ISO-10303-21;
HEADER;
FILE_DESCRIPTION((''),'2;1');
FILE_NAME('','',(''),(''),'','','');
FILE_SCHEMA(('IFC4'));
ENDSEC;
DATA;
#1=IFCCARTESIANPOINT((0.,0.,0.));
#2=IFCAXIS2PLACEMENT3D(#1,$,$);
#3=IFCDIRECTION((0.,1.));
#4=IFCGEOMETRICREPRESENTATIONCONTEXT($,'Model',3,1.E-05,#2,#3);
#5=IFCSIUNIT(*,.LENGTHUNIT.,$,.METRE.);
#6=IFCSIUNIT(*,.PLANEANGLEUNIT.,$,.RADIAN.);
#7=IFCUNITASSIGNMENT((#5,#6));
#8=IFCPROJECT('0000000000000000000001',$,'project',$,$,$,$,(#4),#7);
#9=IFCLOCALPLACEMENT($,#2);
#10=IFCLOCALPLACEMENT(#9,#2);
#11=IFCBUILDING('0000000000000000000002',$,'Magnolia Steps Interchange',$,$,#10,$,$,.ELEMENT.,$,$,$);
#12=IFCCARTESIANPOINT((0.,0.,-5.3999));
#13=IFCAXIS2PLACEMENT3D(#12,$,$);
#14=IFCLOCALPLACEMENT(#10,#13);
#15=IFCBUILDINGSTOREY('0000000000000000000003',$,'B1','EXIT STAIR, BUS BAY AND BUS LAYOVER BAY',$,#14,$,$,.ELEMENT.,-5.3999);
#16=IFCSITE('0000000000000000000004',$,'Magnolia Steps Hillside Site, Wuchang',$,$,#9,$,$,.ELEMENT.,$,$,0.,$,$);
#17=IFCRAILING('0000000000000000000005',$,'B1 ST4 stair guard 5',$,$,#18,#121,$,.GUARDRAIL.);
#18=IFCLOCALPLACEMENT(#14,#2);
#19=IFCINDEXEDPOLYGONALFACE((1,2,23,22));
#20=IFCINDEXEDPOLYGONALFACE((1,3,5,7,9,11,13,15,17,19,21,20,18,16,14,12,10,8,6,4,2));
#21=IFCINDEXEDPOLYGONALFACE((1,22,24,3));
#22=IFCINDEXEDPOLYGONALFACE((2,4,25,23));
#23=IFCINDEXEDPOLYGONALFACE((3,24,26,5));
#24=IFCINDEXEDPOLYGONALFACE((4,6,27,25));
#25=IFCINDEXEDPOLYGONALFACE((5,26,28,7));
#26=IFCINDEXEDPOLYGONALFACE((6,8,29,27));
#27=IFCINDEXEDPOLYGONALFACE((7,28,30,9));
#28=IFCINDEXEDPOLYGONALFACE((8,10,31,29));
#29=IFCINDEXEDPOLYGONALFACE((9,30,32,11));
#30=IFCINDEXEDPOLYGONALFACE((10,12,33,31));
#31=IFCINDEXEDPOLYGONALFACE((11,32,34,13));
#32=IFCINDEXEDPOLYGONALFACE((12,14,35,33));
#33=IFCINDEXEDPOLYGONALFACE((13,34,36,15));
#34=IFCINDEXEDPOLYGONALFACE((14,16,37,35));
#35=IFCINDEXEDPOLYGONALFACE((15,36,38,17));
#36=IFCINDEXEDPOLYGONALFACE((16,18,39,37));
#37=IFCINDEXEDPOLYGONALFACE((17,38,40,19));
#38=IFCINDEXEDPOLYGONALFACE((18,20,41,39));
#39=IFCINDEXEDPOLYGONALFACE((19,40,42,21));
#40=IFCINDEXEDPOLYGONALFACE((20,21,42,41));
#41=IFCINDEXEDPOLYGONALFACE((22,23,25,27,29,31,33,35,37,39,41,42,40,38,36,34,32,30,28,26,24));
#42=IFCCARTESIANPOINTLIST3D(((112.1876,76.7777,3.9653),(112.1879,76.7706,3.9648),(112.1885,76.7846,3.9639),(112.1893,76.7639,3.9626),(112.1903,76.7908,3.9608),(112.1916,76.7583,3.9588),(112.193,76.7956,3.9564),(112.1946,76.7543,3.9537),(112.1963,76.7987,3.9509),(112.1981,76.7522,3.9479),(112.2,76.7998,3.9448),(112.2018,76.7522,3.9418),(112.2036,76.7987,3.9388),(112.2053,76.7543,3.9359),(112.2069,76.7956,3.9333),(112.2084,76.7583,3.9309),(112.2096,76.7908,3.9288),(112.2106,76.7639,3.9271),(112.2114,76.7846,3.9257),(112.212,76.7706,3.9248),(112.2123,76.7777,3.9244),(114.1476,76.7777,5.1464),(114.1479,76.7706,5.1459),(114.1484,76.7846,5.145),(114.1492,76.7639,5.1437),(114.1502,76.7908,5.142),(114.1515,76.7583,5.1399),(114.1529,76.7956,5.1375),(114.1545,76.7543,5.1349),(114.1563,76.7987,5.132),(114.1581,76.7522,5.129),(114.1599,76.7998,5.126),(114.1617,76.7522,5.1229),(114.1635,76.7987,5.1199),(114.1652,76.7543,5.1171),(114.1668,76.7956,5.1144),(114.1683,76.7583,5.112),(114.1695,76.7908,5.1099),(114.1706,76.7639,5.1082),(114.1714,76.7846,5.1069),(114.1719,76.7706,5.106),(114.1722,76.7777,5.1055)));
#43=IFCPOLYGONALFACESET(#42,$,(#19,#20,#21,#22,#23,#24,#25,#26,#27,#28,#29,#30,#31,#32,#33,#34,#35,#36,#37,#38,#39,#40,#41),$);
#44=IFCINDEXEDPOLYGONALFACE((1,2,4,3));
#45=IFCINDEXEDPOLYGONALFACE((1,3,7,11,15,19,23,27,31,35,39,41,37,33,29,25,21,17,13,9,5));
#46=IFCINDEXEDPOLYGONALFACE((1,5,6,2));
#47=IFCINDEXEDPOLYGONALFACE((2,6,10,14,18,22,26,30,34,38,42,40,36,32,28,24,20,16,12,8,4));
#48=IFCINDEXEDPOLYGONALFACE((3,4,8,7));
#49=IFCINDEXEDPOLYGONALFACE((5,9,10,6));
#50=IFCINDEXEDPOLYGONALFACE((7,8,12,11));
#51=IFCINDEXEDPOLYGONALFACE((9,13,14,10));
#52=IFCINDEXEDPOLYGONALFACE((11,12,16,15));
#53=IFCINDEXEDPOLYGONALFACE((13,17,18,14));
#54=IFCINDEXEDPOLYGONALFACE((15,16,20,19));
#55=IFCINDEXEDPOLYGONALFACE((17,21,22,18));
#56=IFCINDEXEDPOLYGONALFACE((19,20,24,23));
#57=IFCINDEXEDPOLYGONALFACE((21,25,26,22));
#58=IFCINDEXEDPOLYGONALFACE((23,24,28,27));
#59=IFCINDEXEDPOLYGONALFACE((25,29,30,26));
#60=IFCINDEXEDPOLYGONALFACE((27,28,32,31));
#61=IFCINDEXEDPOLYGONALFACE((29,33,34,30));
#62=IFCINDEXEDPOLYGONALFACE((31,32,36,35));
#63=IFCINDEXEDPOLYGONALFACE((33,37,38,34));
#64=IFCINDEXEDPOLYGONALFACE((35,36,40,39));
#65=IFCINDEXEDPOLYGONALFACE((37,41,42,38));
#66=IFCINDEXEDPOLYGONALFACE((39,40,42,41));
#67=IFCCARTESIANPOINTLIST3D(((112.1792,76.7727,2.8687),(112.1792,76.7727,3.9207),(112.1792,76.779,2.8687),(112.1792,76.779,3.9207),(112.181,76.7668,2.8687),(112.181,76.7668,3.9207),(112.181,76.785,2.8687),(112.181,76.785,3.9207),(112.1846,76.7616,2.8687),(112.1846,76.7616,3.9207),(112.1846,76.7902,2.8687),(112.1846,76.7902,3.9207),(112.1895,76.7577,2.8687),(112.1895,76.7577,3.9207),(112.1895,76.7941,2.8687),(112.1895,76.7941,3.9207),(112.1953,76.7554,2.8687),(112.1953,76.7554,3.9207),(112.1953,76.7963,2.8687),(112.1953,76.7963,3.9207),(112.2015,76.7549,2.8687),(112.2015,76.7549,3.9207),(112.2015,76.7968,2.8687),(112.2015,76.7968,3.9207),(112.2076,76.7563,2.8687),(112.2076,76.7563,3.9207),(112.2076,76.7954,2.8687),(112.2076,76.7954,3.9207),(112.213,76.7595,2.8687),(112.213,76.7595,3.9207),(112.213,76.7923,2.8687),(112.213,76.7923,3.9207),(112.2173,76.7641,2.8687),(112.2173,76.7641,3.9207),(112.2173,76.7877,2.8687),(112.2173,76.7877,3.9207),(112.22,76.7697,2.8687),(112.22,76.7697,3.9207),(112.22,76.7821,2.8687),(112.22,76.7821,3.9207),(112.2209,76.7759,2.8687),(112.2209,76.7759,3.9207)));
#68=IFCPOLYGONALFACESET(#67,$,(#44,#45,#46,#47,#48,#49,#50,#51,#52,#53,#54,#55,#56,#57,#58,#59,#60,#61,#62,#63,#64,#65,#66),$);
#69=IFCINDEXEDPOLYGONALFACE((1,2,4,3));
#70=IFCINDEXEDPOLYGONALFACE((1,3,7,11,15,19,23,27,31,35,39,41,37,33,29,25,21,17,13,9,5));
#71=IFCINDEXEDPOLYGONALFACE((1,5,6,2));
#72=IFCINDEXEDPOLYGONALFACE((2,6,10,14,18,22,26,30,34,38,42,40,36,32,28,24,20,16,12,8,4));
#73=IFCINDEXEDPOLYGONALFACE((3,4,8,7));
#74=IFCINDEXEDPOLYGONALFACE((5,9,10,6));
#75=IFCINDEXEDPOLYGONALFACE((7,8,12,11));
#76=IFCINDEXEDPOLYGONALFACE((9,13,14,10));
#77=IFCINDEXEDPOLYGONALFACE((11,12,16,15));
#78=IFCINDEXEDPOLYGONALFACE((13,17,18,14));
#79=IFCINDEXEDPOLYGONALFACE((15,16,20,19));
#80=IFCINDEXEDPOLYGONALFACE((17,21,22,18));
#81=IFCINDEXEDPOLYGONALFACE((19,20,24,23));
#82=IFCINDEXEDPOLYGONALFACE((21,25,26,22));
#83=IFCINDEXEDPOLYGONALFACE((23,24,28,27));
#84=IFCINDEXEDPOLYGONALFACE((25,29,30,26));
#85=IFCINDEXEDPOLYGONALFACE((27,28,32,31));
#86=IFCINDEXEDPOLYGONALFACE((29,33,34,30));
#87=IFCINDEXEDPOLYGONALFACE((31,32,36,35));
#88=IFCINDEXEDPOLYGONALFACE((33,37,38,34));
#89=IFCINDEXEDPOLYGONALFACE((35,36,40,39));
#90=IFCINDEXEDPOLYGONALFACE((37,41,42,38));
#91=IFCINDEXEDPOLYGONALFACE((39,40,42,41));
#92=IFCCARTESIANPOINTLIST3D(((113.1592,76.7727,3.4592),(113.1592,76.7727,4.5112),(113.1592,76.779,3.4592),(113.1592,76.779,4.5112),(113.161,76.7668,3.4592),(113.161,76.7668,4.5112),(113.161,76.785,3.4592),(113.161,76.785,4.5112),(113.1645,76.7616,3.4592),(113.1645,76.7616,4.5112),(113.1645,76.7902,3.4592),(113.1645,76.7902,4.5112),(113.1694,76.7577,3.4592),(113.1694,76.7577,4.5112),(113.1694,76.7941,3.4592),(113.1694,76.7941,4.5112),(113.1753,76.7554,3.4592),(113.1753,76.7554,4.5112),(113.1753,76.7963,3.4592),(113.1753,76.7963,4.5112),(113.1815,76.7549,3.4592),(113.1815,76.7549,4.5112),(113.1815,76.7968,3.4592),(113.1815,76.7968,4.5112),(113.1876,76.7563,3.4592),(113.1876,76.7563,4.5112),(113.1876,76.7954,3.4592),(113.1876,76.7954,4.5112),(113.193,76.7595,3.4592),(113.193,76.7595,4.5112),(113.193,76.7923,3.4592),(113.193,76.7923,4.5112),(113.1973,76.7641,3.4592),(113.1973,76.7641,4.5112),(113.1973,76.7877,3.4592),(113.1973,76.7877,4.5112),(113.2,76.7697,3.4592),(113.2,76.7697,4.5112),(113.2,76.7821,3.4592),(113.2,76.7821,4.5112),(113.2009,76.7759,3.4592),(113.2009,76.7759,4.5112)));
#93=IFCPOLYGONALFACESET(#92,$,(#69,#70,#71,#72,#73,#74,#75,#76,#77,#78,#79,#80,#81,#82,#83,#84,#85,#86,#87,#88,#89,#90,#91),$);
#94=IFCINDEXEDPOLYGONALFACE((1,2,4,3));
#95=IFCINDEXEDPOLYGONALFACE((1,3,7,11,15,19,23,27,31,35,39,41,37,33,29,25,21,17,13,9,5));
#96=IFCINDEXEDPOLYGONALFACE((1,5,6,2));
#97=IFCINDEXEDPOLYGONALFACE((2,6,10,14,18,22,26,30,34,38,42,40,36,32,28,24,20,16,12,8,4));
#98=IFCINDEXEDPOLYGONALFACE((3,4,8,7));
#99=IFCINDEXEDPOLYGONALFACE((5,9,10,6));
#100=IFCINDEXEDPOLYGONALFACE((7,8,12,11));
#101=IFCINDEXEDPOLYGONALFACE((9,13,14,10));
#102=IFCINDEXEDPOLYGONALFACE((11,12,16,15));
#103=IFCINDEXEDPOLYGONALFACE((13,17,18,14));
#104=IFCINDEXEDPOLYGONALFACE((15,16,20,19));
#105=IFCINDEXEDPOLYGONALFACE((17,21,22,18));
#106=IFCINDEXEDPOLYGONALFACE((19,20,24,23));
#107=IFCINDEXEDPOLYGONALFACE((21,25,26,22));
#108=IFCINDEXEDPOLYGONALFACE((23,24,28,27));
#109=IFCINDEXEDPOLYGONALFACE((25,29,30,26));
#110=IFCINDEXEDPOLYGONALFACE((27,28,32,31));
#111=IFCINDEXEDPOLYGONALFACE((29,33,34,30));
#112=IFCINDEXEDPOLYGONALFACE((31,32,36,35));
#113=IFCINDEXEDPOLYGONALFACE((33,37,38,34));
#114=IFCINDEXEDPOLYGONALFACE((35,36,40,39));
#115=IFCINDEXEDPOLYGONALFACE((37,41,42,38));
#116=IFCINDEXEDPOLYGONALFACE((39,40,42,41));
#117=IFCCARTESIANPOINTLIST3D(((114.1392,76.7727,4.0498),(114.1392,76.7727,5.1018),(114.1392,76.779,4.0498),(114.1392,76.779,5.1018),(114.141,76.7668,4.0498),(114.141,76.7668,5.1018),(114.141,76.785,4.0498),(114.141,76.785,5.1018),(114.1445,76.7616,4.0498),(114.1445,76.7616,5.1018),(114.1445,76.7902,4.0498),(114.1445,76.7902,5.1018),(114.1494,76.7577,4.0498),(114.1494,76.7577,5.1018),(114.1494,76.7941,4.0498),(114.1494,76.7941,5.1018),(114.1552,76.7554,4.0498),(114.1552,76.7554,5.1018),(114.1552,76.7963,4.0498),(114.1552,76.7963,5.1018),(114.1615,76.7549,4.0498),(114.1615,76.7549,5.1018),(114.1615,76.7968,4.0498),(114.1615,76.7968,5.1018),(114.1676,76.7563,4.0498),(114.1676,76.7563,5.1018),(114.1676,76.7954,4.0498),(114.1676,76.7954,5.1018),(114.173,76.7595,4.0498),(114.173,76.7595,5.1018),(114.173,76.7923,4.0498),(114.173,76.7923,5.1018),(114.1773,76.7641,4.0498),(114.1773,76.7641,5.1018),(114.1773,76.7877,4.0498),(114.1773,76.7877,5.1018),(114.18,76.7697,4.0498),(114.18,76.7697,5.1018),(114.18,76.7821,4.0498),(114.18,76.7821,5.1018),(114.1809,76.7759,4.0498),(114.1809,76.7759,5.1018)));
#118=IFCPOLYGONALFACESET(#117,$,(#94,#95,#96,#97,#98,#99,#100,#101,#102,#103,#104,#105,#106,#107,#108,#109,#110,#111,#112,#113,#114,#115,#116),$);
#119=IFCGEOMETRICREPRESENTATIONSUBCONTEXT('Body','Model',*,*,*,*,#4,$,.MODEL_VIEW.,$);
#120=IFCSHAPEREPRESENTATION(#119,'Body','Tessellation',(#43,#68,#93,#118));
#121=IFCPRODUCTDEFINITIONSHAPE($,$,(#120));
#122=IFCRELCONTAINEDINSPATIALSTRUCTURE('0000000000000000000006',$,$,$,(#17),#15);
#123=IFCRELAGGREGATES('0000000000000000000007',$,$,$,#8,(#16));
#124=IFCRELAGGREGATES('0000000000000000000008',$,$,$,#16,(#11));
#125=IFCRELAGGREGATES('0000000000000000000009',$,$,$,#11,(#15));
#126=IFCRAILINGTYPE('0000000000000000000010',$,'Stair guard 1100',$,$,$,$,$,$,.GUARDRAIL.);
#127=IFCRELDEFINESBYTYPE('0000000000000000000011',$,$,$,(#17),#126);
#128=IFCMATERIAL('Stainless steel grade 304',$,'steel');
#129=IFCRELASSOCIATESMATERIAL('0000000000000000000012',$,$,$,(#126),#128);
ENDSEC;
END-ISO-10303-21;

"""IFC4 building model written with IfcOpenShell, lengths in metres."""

from ifc_helpers import new_model, si_unit, direction, frame, origin, origin_2d, place, context, subcontext, project, spatial, circle, extrude, material, type_object, element, save


model = new_model("IFC4")

# Units and contexts
model_context = context("Model", 3, precision=1e-05, world=origin(), true_north=direction((0.0, 1.0)))
body_context = subcontext(model_context, "Body", "Model", "MODEL_VIEW")
ifc_project = project(units=[si_unit("LENGTHUNIT", "METRE"), si_unit("PLANEANGLEUNIT", "RADIAN")], contexts=[model_context])

# Site, building, storey
site_placement = place(None, origin())
site = spatial("IfcSite", under=ifc_project, at=site_placement, Name="Magnolia Steps Hillside Site, Wuchang", CompositionType="ELEMENT", RefElevation=0.0)
building_placement = place(site_placement, origin())
building = spatial("IfcBuilding", under=site, at=building_placement, Name="Magnolia Steps Interchange", CompositionType="ELEMENT")
storey_placement = place(building_placement, frame((0.0, 0.0, -5.3999)))
storey = spatial("IfcBuildingStorey", under=building, at=storey_placement, Name="B1", Description="EXIT STAIR, BUS BAY AND BUS LAYOVER BAY", CompositionType="ELEMENT", Elevation=-5.3999)

# Railing
ifc_material_1 = material(Name="Stainless steel grade 304", Category="steel")
railing_type_1 = type_object("IfcRailingType", Name="Stair guard 1100", PredefinedType="GUARDRAIL", material=ifc_material_1)
railing_1_placement = place(storey_placement, frame((112.2, 76.7759, 2.8687)))
element("IfcRailing", 1, at=railing_1_placement, inside=storey, type_object=railing_type_1, Name="B1 ST4 stair guard 5", PredefinedType="GUARDRAIL", context=body_context, shape_type="SweptSolid", body=[
    extrude(circle(Radius=0.0239, at=origin_2d()), frame((0.0, 0.0, 1.0762), z_axis=(0.856493, 0.0, 0.516158), x_axis=(0.0, 1.0, 0.0)), (0.0, 0.0, 1.0), 2.2883),
    extrude(circle(Radius=0.021, at=origin_2d()), origin(), (0.0, 0.0, 1.0), 1.052),
    extrude(circle(Radius=0.021, at=origin_2d()), frame((0.98, 0.0, 0.5906)), (0.0, 0.0, 1.0), 1.052),
    extrude(circle(Radius=0.021, at=origin_2d()), frame((1.96, 0.0, 1.1812)), (0.0, 0.0, 1.0), 1.052),
])

save(model, "model.ifc")
